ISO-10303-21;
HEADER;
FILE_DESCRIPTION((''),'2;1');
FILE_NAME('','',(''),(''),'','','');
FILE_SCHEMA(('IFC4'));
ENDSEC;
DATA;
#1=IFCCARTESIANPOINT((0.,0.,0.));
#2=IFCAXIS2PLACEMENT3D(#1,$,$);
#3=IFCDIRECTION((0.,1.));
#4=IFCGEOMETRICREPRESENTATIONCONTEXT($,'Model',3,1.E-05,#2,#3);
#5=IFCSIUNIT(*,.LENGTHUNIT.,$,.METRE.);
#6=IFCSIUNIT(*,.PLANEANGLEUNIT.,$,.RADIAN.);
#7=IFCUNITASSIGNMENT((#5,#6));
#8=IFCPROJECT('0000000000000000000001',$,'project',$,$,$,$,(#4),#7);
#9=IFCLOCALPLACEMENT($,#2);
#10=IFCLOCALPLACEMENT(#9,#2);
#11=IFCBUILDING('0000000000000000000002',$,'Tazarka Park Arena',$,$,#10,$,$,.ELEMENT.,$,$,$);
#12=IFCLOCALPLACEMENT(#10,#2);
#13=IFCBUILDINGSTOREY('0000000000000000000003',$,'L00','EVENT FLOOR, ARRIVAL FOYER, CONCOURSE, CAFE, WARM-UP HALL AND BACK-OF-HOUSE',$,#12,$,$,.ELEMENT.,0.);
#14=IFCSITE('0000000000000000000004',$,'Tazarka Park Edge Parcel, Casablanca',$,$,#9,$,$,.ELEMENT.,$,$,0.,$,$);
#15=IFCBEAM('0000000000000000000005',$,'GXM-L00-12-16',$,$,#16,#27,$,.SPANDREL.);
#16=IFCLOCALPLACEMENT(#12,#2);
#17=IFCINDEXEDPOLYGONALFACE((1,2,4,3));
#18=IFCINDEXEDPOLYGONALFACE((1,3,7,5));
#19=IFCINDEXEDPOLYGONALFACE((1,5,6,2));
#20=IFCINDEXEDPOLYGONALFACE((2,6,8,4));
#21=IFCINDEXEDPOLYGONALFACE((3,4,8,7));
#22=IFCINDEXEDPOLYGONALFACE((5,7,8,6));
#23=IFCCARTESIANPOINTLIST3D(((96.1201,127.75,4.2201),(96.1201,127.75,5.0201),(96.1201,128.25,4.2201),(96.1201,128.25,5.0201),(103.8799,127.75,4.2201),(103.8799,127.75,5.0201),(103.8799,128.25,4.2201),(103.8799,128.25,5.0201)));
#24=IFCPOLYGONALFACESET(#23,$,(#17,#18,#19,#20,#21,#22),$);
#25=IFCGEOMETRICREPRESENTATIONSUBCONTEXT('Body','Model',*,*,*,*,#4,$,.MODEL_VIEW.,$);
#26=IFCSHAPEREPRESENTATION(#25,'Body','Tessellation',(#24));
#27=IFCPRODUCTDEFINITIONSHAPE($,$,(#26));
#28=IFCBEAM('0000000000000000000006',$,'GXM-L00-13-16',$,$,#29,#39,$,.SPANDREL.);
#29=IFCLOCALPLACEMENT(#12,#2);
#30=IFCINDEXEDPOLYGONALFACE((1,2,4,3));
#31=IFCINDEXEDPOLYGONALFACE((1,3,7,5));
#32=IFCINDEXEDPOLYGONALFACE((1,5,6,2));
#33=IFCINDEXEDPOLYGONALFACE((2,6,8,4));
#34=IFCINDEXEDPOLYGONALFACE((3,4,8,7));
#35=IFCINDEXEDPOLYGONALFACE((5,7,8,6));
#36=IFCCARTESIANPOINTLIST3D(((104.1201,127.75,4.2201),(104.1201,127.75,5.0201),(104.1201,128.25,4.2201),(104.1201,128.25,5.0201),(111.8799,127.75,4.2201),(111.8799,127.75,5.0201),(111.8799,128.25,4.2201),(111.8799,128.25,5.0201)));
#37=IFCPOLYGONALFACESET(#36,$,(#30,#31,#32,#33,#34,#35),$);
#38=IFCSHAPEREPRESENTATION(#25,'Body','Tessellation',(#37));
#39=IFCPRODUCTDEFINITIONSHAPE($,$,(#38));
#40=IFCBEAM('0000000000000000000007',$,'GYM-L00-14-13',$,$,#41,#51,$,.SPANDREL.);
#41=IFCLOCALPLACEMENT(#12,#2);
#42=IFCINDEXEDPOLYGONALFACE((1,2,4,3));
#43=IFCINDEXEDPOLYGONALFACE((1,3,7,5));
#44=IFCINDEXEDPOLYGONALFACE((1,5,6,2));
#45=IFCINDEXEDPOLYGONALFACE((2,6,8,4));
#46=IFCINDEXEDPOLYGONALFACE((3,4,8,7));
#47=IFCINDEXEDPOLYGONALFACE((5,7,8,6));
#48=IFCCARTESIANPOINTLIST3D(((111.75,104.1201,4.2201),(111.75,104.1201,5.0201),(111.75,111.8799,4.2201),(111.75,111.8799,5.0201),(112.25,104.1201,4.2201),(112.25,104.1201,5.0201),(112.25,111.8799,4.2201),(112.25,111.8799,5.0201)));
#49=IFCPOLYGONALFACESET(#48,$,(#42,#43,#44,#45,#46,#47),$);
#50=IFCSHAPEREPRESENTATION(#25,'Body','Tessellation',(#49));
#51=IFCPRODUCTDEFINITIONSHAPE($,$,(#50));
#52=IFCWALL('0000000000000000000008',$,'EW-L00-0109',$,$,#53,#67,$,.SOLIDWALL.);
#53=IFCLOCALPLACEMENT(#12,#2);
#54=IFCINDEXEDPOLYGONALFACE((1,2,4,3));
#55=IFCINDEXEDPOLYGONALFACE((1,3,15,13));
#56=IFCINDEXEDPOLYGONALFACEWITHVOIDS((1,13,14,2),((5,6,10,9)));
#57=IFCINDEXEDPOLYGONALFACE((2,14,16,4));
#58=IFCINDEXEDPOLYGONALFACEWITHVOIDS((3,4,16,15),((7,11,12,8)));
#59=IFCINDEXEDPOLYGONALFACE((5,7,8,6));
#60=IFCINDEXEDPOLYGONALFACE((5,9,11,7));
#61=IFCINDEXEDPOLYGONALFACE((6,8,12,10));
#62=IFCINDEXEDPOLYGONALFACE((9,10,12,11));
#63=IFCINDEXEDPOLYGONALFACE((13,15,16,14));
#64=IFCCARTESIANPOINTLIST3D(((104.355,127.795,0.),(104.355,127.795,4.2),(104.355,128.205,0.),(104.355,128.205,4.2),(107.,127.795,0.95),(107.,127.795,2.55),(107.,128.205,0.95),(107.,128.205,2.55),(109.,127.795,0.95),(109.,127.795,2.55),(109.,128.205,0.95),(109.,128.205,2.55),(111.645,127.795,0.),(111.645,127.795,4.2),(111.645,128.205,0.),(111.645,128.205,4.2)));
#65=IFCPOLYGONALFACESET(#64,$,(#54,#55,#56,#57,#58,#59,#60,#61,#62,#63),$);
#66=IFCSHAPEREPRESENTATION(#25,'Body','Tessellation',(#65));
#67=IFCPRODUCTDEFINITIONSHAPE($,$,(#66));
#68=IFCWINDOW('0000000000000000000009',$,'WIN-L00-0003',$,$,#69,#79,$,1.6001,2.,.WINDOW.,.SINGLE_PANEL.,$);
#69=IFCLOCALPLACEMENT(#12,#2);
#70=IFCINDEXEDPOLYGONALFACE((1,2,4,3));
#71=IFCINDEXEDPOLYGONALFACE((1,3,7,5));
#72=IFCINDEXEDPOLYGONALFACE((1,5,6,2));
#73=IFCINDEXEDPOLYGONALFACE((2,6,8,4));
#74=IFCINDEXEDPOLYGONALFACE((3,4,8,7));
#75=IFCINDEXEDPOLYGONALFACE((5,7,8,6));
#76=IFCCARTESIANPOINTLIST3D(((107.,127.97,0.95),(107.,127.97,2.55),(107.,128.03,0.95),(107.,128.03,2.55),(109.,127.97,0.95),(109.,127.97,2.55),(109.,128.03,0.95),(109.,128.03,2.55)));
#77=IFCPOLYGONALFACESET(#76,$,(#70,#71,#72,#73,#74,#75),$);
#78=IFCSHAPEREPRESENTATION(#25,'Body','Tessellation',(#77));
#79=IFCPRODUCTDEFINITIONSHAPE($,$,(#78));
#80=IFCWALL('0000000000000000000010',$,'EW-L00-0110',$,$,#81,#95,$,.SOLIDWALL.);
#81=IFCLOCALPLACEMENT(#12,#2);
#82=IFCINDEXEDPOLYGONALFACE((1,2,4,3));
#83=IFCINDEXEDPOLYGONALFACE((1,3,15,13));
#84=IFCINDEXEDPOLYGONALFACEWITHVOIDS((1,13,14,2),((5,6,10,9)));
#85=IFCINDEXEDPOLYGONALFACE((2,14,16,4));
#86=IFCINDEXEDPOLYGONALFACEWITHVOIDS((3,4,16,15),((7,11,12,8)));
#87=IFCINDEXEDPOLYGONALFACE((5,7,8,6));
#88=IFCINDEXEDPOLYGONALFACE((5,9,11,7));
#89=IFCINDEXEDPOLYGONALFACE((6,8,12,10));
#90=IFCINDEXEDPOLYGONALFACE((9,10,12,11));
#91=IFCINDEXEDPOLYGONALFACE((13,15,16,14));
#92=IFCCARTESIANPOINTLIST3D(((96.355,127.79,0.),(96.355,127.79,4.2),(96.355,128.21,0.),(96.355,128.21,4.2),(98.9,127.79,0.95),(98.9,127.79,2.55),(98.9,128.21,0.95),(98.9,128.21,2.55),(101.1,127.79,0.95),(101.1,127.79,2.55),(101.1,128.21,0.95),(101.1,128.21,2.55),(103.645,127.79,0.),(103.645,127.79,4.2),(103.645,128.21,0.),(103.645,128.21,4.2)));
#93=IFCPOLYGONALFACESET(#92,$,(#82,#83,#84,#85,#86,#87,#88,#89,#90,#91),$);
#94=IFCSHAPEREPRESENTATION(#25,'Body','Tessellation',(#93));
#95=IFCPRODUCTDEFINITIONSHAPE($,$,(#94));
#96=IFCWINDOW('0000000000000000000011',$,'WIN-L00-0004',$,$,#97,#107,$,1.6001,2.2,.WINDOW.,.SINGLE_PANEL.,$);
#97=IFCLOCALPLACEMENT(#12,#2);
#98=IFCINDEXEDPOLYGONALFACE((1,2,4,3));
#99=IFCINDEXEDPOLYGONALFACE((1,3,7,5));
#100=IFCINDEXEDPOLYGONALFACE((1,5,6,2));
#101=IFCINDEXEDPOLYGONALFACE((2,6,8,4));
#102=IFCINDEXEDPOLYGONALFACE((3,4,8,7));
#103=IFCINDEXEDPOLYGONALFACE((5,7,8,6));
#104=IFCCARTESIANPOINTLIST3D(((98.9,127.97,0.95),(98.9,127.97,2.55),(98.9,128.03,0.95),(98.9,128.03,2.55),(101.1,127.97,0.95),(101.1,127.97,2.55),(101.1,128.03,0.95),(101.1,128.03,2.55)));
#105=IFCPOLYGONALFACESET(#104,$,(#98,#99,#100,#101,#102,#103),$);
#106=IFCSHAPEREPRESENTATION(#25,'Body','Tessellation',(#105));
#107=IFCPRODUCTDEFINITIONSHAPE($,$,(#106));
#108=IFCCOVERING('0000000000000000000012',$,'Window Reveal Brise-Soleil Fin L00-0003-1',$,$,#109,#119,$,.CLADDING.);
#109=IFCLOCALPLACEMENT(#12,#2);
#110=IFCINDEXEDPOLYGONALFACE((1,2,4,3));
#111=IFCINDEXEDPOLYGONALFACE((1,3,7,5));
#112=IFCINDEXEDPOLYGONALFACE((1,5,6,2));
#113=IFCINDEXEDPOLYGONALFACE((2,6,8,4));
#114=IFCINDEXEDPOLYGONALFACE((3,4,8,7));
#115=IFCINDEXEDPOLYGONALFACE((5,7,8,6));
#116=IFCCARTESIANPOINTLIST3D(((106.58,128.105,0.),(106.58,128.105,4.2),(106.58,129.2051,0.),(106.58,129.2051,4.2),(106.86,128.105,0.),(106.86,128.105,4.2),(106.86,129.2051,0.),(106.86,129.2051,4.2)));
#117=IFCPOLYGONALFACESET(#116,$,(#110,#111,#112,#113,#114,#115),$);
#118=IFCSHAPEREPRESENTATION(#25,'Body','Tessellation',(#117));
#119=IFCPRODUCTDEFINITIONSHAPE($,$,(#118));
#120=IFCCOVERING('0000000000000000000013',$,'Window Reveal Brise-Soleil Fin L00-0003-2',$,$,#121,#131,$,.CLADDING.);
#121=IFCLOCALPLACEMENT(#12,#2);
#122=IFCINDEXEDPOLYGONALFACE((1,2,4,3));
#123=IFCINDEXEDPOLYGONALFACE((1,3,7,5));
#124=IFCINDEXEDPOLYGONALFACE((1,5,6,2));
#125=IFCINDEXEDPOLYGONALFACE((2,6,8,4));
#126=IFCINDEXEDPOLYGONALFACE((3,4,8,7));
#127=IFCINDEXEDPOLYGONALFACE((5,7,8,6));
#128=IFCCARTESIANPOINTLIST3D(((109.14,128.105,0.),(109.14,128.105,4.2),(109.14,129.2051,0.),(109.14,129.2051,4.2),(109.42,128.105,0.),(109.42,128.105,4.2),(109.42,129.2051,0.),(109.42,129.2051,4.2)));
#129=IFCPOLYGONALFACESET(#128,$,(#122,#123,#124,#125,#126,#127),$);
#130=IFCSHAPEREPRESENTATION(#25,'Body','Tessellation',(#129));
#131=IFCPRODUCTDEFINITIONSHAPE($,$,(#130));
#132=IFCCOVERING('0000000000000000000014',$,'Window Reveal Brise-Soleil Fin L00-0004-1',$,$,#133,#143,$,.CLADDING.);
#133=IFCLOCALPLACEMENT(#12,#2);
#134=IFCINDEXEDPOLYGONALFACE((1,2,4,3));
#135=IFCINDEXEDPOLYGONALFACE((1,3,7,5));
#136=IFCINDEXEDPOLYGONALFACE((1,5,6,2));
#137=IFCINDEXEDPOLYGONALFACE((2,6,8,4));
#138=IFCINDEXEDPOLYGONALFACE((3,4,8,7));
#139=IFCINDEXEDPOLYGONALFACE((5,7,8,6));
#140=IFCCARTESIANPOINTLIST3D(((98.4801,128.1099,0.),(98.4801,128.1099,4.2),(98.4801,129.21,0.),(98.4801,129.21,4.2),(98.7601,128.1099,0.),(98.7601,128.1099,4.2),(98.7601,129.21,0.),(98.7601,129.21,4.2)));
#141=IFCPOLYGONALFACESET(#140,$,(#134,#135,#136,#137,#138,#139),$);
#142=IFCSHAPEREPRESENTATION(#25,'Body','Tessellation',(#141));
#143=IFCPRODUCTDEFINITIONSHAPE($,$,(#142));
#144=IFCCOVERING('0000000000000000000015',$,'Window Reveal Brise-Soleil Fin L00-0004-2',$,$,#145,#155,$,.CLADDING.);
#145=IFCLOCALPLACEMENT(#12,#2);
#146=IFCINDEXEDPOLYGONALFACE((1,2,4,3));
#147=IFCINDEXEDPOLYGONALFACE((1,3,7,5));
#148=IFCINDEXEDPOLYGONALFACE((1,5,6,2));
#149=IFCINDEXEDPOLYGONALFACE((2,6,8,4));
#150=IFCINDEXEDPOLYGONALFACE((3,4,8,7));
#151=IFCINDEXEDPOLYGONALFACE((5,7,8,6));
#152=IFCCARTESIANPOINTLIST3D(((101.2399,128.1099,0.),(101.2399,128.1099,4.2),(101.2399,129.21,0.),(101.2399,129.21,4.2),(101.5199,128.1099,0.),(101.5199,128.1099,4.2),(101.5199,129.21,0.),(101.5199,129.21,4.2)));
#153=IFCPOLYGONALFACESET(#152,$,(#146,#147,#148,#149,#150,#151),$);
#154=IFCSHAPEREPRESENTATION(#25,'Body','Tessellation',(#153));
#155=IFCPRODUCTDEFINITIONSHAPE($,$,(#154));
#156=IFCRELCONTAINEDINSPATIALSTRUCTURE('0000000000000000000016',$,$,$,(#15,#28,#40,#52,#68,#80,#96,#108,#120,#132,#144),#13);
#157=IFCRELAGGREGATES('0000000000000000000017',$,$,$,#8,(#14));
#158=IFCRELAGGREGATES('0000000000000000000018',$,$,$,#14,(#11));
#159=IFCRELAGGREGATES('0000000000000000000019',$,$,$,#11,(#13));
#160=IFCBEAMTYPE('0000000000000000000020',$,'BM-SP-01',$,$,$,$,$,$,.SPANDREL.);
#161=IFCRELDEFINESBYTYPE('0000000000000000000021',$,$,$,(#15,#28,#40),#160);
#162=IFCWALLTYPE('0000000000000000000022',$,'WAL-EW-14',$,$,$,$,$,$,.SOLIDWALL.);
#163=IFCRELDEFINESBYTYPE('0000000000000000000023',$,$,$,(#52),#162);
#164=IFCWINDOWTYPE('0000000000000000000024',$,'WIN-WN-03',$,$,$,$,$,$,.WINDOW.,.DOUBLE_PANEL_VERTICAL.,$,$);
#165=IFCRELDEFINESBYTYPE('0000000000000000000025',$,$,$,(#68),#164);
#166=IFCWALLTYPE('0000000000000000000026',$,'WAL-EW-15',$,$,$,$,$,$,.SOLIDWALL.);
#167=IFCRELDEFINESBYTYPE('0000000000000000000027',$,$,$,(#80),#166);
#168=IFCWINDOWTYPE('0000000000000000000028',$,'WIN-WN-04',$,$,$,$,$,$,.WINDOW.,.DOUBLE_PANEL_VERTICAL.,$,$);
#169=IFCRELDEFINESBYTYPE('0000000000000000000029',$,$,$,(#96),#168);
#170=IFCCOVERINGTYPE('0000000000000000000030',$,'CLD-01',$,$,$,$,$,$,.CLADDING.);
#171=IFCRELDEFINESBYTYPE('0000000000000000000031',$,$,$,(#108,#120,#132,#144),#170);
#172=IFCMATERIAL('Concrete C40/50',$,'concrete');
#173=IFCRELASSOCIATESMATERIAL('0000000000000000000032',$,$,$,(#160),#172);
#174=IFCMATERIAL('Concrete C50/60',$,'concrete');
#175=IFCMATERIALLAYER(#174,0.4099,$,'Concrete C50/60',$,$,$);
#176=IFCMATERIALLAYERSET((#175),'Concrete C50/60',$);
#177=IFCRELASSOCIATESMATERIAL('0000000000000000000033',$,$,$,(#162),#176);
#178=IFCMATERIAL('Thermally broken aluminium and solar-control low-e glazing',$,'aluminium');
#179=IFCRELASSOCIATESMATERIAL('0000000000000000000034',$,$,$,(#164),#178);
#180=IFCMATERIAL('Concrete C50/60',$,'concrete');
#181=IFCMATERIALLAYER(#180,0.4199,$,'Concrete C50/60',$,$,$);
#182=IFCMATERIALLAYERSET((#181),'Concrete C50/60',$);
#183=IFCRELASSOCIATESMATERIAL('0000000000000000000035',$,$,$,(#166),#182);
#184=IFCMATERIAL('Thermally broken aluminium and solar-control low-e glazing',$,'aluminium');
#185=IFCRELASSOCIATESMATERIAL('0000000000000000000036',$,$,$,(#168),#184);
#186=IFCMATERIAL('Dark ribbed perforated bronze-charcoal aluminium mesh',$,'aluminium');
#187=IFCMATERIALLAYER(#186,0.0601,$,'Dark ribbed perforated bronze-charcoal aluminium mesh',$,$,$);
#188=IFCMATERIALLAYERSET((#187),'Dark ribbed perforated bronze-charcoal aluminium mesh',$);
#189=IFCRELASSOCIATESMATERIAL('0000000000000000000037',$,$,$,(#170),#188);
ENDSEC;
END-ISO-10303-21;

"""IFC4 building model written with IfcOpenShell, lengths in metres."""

from ifc_helpers import new_model, si_unit, direction, frame, frame_2d, origin, origin_2d, place, context, subcontext, project, spatial, rectangle, extrude, material, layer, layer_set, material_profile, profile_set, type_object, element, fill, save


model = new_model("IFC4")

# Units and contexts
model_context = context("Model", 3, precision=1e-05, world=origin(), true_north=direction((0.0, 1.0)))
body_context = subcontext(model_context, "Body", "Model", "MODEL_VIEW")
ifc_project = project(units=[si_unit("LENGTHUNIT", "METRE"), si_unit("PLANEANGLEUNIT", "RADIAN")], contexts=[model_context])

# Site, building, storey
site_placement = place(None, origin())
site = spatial("IfcSite", under=ifc_project, at=site_placement, Name="Tazarka Park Edge Parcel, Casablanca", CompositionType="ELEMENT", RefElevation=0.0)
building_placement = place(site_placement, origin())
building = spatial("IfcBuilding", under=site, at=building_placement, Name="Tazarka Park Arena", CompositionType="ELEMENT")
storey_placement = place(building_placement, origin())
storey = spatial("IfcBuildingStorey", under=building, at=storey_placement, Name="L00", Description="EVENT FLOOR, ARRIVAL FOYER, CONCOURSE, CAFE, WARM-UP HALL AND BACK-OF-HOUSE", CompositionType="ELEMENT", Elevation=0.0)

# Beams
ifc_material_1 = material(Name="Concrete C40/50", Category="concrete")
ifc_material_profile_1 = material_profile(ifc_material_1, rectangle(XDim=0.5, YDim=0.8, at=origin_2d()), Name="Concrete C40/50")
ifc_profile_set_1 = profile_set([ifc_material_profile_1], Name="Concrete C40/50")
beam_type_1 = type_object("IfcBeamType", Name="BM-SP-01", PredefinedType="SPANDREL", material=ifc_profile_set_1)
for number, where, z_axis, x_axis, name in (
    (1, (96.1201, 128.0, 4.6201), (1.0, 0.0, 0.0), (0.0, 1.0, 0.0), "GXM-L00-12-16"),
    (2, (104.1201, 128.0, 4.6201), (1.0, 0.0, 0.0), (0.0, 1.0, 0.0), "GXM-L00-13-16"),
    (3, (112.0, 104.1201, 4.6201), (0.0, 1.0, 0.0), (-1.0, 0.0, 0.0), "GYM-L00-14-13"),
):
    element("IfcBeam", number, at=place(storey_placement, frame(where, z_axis=z_axis, x_axis=x_axis)), inside=storey, type_object=beam_type_1, Name=name, PredefinedType="SPANDREL", context=body_context, shape_type="SweptSolid", body=[
        extrude(rectangle(XDim=0.5, YDim=0.8, at=origin_2d()), origin(), (0.0, 0.0, 1.0), 7.7598),
    ])

# Walls, openings, windows
ifc_material_2 = material(Name="Concrete C50/60", Category="concrete")
ifc_layer_1 = layer(ifc_material_2, 0.4099, Name="Concrete C50/60")
ifc_layer_set_1 = layer_set([ifc_layer_1], Name="Concrete C50/60")
wall_type_1 = type_object("IfcWallType", Name="WAL-EW-14", PredefinedType="SOLIDWALL", material=ifc_layer_set_1)
wall_1_placement = place(storey_placement, frame((104.355, 128.0, 0.0), z_axis=(0.0, 0.0, 1.0), x_axis=(1.0, 0.0, 0.0)))
wall_1 = element("IfcWall", 4, at=wall_1_placement, inside=storey, type_object=wall_type_1, Name="EW-L00-0109", PredefinedType="SOLIDWALL", context=body_context, shape_type="SweptSolid", body=[
    extrude(rectangle(XDim=7.29, YDim=0.4099, at=frame_2d((3.645, 0.0))), origin(), (0.0, 0.0, 1.0), 4.2),
])
opening_1_placement = place(wall_1_placement, frame((2.645, 0.0, 0.95)))
opening_1 = element("IfcOpeningElement", 5, at=opening_1_placement, cuts=wall_1, PredefinedType="OPENING", context=body_context, shape_type="SweptSolid", body=[
    extrude(rectangle(XDim=2.0, YDim=1.6001, at=frame_2d((1.0, 0.8))), frame((0.0, 0.2148, 0.0), z_axis=(0.0, -1.0, 0.0), x_axis=(1.0, 0.0, 0.0)), (0.0, 0.0, 1.0), 0.4299),
])
ifc_material_3 = material(Name="Thermally broken aluminium and solar-control low-e glazing", Category="aluminium")
window_type_1 = type_object("IfcWindowType", Name="WIN-WN-03", PartitioningType="DOUBLE_PANEL_VERTICAL", PredefinedType="WINDOW", material=ifc_material_3)
window_1_placement = place(opening_1_placement, origin())
window_1 = element("IfcWindow", 6, at=window_1_placement, inside=storey, type_object=window_type_1, Name="WIN-L00-0003", OverallHeight=1.6001, OverallWidth=2.0, PartitioningType="SINGLE_PANEL", PredefinedType="WINDOW", context=body_context, shape_type="SweptSolid", body=[
    extrude(rectangle(XDim=2.0, YDim=1.6001, at=frame_2d((1.0, 0.8))), frame((0.0, 0.03, 0.0), z_axis=(0.0, -1.0, 0.0), x_axis=(1.0, 0.0, 0.0)), (0.0, 0.0, 1.0), 0.0601),
])
fill(opening_1, window_1)
ifc_material_4 = material(Name="Concrete C50/60", Category="concrete")
ifc_layer_2 = layer(ifc_material_4, 0.4199, Name="Concrete C50/60")
ifc_layer_set_2 = layer_set([ifc_layer_2], Name="Concrete C50/60")
wall_type_2 = type_object("IfcWallType", Name="WAL-EW-15", PredefinedType="SOLIDWALL", material=ifc_layer_set_2)
wall_2_placement = place(storey_placement, frame((96.355, 128.0, 0.0), z_axis=(0.0, 0.0, 1.0), x_axis=(1.0, 0.0, 0.0)))
wall_2 = element("IfcWall", 7, at=wall_2_placement, inside=storey, type_object=wall_type_2, Name="EW-L00-0110", PredefinedType="SOLIDWALL", context=body_context, shape_type="SweptSolid", body=[
    extrude(rectangle(XDim=7.29, YDim=0.4199, at=frame_2d((3.645, 0.0))), origin(), (0.0, 0.0, 1.0), 4.2),
])
opening_2_placement = place(wall_2_placement, frame((2.5449, 0.0, 0.95)))
opening_2 = element("IfcOpeningElement", 8, at=opening_2_placement, cuts=wall_2, PredefinedType="OPENING", context=body_context, shape_type="SweptSolid", body=[
    extrude(rectangle(XDim=2.2, YDim=1.6001, at=frame_2d((1.1001, 0.8))), frame((0.0, 0.22, 0.0), z_axis=(0.0, -1.0, 0.0), x_axis=(1.0, 0.0, 0.0)), (0.0, 0.0, 1.0), 0.4399),
])
ifc_material_5 = material(Name="Thermally broken aluminium and solar-control low-e glazing", Category="aluminium")
window_type_2 = type_object("IfcWindowType", Name="WIN-WN-04", PartitioningType="DOUBLE_PANEL_VERTICAL", PredefinedType="WINDOW", material=ifc_material_5)
window_2_placement = place(opening_2_placement, origin())
window_2 = element("IfcWindow", 9, at=window_2_placement, inside=storey, type_object=window_type_2, Name="WIN-L00-0004", OverallHeight=1.6001, OverallWidth=2.2, PartitioningType="SINGLE_PANEL", PredefinedType="WINDOW", context=body_context, shape_type="SweptSolid", body=[
    extrude(rectangle(XDim=2.2, YDim=1.6001, at=frame_2d((1.1001, 0.8))), frame((0.0, 0.03, 0.0), z_axis=(0.0, -1.0, 0.0), x_axis=(1.0, 0.0, 0.0)), (0.0, 0.0, 1.0), 0.0601),
])
fill(opening_2, window_2)

# Coverings
ifc_material_6 = material(Name="Dark ribbed perforated bronze-charcoal aluminium mesh", Category="aluminium")
ifc_layer_3 = layer(ifc_material_6, 0.0601, Name="Dark ribbed perforated bronze-charcoal aluminium mesh")
ifc_layer_set_3 = layer_set([ifc_layer_3], Name="Dark ribbed perforated bronze-charcoal aluminium mesh")
covering_type = type_object("IfcCoveringType", Name="CLD-01", PredefinedType="CLADDING", material=ifc_layer_set_3)
for number, where, z_axis, x_axis, name in (
    (10, (106.72, 128.655, 0.0), (0.0, 0.0, 1.0), (1.0, 0.0, 0.0), "Window Reveal Brise-Soleil Fin L00-0003-1"),
    (11, (109.28, 128.655, 0.0), (0.0, 0.0, 1.0), (1.0, 0.0, 0.0), "Window Reveal Brise-Soleil Fin L00-0003-2"),
    (12, (98.6201, 128.6599, 0.0), (0.0, 0.0, 1.0), (1.0, 0.0, 0.0), "Window Reveal Brise-Soleil Fin L00-0004-1"),
    (13, (101.3799, 128.6599, 0.0), (0.0, 0.0, 1.0), (1.0, 0.0, 0.0), "Window Reveal Brise-Soleil Fin L00-0004-2"),
):
    element("IfcCovering", number, at=place(storey_placement, frame(where, z_axis=z_axis, x_axis=x_axis)), inside=storey, type_object=covering_type, Name=name, PredefinedType="CLADDING", context=body_context, shape_type="SweptSolid", body=[
        extrude(rectangle(XDim=0.28, YDim=1.1001, at=origin_2d()), origin(), (0.0, 0.0, 1.0), 4.2),
    ])

save(model, "model.ifc")
